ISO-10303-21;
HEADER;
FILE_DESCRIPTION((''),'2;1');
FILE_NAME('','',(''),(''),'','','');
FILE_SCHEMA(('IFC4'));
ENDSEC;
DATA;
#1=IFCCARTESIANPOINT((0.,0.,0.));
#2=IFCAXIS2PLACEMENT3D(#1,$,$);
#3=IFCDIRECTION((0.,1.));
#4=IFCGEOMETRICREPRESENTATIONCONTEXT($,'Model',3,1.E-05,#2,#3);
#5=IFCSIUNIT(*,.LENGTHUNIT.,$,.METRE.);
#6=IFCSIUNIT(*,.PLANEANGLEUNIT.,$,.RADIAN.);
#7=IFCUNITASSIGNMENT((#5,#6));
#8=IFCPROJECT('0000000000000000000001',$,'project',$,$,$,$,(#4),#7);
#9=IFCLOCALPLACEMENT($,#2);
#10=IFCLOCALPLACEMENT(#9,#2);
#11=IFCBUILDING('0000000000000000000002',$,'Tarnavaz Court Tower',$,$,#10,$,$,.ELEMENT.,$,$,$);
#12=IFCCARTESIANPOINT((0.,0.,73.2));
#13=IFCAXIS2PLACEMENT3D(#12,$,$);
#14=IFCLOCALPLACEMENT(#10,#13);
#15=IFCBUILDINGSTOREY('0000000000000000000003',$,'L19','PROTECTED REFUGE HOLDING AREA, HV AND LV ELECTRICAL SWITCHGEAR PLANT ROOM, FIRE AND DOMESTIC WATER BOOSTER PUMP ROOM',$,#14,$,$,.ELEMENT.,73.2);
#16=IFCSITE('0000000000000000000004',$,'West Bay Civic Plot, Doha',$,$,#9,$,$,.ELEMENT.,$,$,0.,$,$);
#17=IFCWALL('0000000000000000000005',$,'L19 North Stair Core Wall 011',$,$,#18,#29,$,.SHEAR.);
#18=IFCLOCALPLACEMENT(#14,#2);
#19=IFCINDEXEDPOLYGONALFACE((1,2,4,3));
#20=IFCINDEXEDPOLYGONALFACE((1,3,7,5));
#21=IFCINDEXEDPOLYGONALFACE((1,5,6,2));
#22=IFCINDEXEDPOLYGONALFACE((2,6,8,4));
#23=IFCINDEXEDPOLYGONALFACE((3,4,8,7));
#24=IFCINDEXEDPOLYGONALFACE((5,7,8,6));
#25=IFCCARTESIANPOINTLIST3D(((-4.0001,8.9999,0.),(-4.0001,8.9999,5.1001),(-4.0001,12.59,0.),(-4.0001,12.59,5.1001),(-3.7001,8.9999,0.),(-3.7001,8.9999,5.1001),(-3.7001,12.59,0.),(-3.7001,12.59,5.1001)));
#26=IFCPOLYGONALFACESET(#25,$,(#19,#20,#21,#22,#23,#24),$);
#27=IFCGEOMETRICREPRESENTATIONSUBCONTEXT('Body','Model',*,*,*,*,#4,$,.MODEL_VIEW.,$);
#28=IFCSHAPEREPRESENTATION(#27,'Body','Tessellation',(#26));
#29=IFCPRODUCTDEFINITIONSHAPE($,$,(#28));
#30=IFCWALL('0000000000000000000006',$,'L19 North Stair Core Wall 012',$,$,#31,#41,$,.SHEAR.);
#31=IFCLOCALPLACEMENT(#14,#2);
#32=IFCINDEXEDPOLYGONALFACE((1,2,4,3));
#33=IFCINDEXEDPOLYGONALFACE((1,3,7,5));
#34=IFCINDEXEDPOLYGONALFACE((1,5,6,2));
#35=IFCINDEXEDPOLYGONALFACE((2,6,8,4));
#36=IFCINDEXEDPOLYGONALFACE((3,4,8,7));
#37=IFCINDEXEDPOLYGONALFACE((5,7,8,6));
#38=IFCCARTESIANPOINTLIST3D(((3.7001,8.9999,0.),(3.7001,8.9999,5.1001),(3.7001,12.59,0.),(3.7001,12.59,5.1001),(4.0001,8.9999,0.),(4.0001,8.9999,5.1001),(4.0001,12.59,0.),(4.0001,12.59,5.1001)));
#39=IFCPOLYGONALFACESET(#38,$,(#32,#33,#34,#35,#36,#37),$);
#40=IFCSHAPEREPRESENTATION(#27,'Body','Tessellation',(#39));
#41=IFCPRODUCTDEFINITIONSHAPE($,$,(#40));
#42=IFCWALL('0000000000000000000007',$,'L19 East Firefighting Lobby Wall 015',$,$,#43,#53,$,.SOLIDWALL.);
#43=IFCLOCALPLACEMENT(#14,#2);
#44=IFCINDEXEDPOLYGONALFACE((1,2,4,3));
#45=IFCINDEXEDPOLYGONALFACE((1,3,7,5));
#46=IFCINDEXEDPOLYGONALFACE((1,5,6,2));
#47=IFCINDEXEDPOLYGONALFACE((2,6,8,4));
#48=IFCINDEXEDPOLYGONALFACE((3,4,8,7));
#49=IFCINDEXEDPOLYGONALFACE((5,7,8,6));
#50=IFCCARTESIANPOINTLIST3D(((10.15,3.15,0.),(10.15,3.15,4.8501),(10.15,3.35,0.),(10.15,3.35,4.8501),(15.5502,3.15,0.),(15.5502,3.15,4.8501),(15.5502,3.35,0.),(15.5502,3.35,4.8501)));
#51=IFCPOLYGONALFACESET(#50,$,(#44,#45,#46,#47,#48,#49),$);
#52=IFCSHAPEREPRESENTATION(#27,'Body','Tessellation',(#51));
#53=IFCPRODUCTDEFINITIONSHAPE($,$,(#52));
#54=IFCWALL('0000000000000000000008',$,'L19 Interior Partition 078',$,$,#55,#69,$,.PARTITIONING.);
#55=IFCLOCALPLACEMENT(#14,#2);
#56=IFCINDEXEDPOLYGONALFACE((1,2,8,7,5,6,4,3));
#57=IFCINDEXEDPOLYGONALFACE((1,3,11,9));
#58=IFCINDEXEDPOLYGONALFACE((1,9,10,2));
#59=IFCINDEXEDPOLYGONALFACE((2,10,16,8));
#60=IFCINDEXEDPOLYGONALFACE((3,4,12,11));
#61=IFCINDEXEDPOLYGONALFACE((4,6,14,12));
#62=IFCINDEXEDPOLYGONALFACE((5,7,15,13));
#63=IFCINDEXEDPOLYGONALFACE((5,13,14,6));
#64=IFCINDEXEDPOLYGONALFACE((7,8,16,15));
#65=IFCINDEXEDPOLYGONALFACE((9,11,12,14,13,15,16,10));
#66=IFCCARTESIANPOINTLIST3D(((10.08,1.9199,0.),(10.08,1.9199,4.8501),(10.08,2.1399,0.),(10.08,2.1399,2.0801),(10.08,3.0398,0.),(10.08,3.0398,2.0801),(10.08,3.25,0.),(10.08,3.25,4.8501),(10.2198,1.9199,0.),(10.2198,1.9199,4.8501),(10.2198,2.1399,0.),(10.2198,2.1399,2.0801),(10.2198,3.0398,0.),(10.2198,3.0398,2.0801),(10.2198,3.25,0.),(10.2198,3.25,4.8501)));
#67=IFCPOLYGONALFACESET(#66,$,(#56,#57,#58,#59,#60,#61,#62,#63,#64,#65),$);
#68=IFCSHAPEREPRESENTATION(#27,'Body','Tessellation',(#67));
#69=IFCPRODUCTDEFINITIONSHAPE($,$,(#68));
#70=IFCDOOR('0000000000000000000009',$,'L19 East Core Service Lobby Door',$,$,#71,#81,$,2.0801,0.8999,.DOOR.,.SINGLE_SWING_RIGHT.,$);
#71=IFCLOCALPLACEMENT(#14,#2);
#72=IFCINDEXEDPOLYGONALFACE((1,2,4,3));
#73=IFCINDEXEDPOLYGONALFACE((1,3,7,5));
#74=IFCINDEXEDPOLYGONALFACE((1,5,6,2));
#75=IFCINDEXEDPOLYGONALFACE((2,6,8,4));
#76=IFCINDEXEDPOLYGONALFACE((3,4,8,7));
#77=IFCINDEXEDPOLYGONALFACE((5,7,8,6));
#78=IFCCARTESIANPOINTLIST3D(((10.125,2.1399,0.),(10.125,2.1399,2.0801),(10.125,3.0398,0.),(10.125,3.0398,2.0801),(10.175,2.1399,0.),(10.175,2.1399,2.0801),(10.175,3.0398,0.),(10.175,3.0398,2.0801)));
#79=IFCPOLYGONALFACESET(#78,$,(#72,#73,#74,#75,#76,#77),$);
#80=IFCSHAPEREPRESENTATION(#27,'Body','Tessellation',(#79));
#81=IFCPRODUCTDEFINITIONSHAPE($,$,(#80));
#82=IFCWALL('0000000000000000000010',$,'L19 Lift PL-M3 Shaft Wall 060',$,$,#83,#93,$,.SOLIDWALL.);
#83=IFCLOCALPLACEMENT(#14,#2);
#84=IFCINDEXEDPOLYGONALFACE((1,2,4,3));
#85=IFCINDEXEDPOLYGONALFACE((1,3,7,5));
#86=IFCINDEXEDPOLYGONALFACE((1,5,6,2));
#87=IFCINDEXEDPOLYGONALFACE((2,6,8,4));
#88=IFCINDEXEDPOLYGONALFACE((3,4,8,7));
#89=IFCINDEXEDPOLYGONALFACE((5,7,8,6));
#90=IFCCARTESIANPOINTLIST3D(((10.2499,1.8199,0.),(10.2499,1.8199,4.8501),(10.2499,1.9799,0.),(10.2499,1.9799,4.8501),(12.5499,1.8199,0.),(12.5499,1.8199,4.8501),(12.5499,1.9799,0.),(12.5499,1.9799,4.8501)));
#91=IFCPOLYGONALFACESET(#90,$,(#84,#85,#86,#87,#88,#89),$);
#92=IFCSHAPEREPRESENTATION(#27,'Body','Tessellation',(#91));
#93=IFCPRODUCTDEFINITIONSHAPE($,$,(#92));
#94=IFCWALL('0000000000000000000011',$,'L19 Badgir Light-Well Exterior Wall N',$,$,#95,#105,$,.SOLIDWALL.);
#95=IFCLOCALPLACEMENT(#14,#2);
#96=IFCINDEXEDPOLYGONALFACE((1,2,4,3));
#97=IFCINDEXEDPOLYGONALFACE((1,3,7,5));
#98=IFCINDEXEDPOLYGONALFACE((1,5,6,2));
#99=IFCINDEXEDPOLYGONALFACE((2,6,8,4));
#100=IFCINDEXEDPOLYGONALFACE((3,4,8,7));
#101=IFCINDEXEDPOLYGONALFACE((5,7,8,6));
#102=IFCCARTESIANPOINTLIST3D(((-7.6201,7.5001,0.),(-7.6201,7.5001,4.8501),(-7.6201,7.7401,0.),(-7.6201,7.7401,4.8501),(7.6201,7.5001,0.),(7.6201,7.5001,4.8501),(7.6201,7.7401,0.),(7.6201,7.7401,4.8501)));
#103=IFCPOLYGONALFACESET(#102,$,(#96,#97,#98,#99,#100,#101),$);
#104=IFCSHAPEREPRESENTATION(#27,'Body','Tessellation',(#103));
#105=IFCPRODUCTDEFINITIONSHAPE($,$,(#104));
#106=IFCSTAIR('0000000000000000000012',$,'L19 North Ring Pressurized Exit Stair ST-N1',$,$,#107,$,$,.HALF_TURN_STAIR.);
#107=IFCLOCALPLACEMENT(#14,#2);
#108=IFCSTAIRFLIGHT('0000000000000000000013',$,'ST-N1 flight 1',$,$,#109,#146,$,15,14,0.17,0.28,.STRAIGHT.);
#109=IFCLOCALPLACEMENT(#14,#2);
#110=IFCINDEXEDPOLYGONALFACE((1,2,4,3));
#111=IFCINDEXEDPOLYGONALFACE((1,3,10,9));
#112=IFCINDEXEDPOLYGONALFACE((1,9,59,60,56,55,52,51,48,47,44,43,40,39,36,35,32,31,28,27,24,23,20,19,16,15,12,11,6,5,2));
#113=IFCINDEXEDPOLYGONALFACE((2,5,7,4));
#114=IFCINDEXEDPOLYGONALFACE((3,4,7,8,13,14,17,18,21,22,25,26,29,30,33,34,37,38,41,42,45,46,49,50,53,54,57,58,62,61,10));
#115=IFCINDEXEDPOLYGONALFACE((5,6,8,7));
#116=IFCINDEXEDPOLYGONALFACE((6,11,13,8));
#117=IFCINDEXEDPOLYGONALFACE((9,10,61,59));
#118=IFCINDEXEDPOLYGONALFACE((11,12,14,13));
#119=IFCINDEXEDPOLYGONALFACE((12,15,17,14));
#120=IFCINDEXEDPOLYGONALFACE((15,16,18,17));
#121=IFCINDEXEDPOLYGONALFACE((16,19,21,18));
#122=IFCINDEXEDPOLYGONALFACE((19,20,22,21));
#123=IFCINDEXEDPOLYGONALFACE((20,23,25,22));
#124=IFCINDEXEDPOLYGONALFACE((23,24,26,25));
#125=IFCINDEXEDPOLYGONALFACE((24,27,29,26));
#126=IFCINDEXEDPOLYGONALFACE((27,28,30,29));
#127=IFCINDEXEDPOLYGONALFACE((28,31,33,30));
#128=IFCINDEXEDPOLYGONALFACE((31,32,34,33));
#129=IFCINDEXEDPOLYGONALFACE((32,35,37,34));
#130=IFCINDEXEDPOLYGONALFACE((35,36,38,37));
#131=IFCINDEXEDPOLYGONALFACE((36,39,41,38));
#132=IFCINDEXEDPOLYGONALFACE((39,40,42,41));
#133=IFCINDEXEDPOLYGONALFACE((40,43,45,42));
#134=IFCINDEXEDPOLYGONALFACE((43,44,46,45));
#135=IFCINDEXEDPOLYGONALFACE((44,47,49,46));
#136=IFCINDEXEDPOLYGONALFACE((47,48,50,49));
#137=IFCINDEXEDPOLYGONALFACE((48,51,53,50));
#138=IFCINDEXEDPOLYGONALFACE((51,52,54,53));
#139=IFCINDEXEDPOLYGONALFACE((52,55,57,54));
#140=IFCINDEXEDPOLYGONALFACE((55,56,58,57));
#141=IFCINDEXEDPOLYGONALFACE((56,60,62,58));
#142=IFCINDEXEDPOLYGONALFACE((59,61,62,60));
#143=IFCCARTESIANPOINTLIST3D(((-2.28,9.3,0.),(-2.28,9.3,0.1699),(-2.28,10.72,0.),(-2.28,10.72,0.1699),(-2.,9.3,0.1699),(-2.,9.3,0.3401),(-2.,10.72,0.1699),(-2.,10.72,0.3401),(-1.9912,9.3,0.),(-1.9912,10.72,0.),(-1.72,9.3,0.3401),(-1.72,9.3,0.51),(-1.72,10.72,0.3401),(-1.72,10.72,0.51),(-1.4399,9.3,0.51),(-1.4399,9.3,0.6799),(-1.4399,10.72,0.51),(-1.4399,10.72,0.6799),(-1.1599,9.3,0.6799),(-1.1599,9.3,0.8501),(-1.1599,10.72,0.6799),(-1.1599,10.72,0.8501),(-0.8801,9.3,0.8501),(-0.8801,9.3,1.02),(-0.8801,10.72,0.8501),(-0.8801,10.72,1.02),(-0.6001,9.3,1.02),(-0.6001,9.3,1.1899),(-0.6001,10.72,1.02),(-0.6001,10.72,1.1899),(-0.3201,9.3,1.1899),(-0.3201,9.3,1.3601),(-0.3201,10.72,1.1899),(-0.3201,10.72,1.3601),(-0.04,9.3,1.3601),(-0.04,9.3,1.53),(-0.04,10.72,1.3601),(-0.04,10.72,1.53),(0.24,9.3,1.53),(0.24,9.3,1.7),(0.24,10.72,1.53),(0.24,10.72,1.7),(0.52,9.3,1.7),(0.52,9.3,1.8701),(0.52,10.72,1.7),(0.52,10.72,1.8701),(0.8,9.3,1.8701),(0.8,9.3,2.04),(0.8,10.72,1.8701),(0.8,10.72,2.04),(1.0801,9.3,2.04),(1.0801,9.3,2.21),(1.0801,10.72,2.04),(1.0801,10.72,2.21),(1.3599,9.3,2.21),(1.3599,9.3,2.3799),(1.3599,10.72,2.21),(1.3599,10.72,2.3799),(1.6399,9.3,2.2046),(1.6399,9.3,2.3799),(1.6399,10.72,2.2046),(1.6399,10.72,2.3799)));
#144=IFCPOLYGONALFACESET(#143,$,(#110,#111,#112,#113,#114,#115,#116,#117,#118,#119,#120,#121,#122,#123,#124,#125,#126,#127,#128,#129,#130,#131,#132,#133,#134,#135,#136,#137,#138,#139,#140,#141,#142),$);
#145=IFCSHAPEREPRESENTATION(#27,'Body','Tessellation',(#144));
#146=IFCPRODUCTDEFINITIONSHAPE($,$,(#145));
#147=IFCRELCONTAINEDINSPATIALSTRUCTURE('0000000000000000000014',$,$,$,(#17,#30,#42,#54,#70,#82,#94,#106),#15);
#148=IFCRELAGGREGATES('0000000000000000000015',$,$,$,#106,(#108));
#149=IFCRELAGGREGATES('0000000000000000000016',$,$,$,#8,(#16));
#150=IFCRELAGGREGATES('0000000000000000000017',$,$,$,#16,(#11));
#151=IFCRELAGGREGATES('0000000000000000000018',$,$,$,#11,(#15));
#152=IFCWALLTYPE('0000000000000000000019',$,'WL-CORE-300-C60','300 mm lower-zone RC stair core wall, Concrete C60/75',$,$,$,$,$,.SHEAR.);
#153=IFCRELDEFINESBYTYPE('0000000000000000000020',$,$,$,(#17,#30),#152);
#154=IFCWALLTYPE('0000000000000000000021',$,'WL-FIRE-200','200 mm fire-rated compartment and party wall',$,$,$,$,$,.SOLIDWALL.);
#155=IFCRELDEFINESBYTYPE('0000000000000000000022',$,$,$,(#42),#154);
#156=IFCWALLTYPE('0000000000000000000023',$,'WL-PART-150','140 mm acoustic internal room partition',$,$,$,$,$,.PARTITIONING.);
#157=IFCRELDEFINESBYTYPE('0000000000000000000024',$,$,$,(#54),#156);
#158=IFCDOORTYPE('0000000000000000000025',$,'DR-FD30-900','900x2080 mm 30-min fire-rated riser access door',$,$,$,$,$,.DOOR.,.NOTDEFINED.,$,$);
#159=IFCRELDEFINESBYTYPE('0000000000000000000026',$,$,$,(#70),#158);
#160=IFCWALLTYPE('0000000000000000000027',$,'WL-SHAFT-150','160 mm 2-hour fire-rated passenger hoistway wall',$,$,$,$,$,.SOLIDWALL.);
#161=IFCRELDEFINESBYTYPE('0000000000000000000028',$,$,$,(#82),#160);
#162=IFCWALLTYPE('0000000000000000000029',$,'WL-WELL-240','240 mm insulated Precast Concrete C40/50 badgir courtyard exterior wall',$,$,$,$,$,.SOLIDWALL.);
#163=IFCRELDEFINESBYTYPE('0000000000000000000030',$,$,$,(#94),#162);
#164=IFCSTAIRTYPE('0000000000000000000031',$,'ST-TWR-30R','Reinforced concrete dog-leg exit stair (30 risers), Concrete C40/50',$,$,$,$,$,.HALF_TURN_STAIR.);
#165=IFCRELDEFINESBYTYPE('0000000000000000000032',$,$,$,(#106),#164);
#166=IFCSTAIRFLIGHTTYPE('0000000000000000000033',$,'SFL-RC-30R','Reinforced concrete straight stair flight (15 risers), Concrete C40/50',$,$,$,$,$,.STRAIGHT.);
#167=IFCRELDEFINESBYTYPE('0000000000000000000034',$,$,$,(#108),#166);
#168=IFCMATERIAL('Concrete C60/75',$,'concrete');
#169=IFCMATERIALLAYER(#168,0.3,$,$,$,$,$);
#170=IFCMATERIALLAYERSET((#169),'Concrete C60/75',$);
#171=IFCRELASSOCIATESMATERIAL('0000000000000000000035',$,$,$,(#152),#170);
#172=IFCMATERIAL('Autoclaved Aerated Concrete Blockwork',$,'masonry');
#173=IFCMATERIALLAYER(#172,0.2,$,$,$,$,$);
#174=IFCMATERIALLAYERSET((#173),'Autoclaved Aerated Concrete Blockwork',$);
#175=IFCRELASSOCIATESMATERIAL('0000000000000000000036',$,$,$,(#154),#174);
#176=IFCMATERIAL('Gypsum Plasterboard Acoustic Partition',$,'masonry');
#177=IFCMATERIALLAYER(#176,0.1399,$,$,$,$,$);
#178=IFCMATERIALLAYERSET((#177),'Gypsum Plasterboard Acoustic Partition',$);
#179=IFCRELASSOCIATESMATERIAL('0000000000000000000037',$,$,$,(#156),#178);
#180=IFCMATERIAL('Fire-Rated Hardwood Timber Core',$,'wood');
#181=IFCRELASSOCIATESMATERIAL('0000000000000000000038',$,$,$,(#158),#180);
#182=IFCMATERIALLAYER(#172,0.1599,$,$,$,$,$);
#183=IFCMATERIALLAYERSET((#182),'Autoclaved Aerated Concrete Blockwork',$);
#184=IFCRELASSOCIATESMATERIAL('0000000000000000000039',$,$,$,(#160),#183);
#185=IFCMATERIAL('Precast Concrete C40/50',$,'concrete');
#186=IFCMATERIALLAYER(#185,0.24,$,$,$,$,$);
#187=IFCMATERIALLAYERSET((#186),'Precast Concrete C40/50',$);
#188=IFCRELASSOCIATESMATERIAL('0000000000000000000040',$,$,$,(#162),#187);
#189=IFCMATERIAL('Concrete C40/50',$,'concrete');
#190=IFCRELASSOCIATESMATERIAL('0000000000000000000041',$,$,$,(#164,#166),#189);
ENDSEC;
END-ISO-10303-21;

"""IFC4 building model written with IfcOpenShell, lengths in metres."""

from ifc_helpers import new_model, si_unit, direction, frame, frame_2d, origin, place, context, subcontext, project, spatial, polyline, rectangle, outline, extrude, material, layer, layer_set, type_object, element, fill, aggregate, save


model = new_model("IFC4")

# Units and contexts
model_context = context("Model", 3, precision=1e-05, world=origin(), true_north=direction((0.0, 1.0)))
body_context = subcontext(model_context, "Body", "Model", "MODEL_VIEW")
ifc_project = project(units=[si_unit("LENGTHUNIT", "METRE"), si_unit("PLANEANGLEUNIT", "RADIAN")], contexts=[model_context])

# Site, building, storey
site_placement = place(None, origin())
site = spatial("IfcSite", under=ifc_project, at=site_placement, Name="West Bay Civic Plot, Doha", CompositionType="ELEMENT", RefElevation=0.0)
building_placement = place(site_placement, origin())
building = spatial("IfcBuilding", under=site, at=building_placement, Name="Tarnavaz Court Tower", CompositionType="ELEMENT")
storey_placement = place(building_placement, frame((0.0, 0.0, 73.2)))
storey = spatial("IfcBuildingStorey", under=building, at=storey_placement, Name="L19", Description="PROTECTED REFUGE HOLDING AREA, HV AND LV ELECTRICAL SWITCHGEAR PLANT ROOM, FIRE AND DOMESTIC WATER BOOSTER PUMP ROOM", CompositionType="ELEMENT", Elevation=73.2)

# Shared definitions
ifc_material_1 = material(Name="Concrete C60/75", Category="concrete")

# Shared definitions
ifc_layer_1 = layer(ifc_material_1, 0.3)
ifc_layer_set_1 = layer_set([ifc_layer_1], Name="Concrete C60/75")
wall_type_1 = type_object("IfcWallType", Name="WL-CORE-300-C60", Description="300 mm lower-zone RC stair core wall, Concrete C60/75", PredefinedType="SHEAR", material=ifc_layer_set_1)

# Shared definitions
ifc_material_2 = material(Name="Fire-Rated Hardwood Timber Core", Category="wood")

# Walls
for number, where, z_axis, x_axis, name in (
    (1, (-3.8501, 9.0, 0.0), (0.0, 0.0, 1.0), (0.0, 1.0, 0.0), "L19 North Stair Core Wall 011"),
    (2, (3.8501, 9.0, 0.0), (0.0, 0.0, 1.0), (0.0, 1.0, 0.0), "L19 North Stair Core Wall 012"),
):
    element("IfcWall", number, at=place(storey_placement, frame(where, z_axis=z_axis, x_axis=x_axis)), inside=storey, type_object=wall_type_1, Name=name, PredefinedType="SHEAR", context=body_context, shape_type="SweptSolid", body=[
        extrude(rectangle(XDim=3.5901, YDim=0.3, at=frame_2d((1.7949, 0.0))), origin(), (0.0, 0.0, 1.0), 5.1001),
    ])
ifc_material_3 = material(Name="Autoclaved Aerated Concrete Blockwork", Category="masonry")
ifc_layer_2 = layer(ifc_material_3, 0.2)
ifc_layer_set_2 = layer_set([ifc_layer_2], Name="Autoclaved Aerated Concrete Blockwork")
wall_type_2 = type_object("IfcWallType", Name="WL-FIRE-200", Description="200 mm fire-rated compartment and party wall", PredefinedType="SOLIDWALL", material=ifc_layer_set_2)
wall_1_placement = place(storey_placement, frame((10.1499, 3.25, 0.0), z_axis=(0.0, 0.0, 1.0), x_axis=(1.0, 0.0, 0.0)))
element("IfcWall", 3, at=wall_1_placement, inside=storey, type_object=wall_type_2, Name="L19 East Firefighting Lobby Wall 015", PredefinedType="SOLIDWALL", context=body_context, shape_type="SweptSolid", body=[
    extrude(rectangle(XDim=5.4001, YDim=0.2, at=frame_2d((2.7002, 0.0))), origin(), (0.0, 0.0, 1.0), 4.8501),
])

# Wall, opening, door
ifc_material_4 = material(Name="Gypsum Plasterboard Acoustic Partition", Category="masonry")
ifc_layer_3 = layer(ifc_material_4, 0.1399)
ifc_layer_set_3 = layer_set([ifc_layer_3], Name="Gypsum Plasterboard Acoustic Partition")
wall_type_3 = type_object("IfcWallType", Name="WL-PART-150", Description="140 mm acoustic internal room partition", PredefinedType="PARTITIONING", material=ifc_layer_set_3)
wall_2_placement = place(storey_placement, frame((10.1499, 1.9199, 0.0), z_axis=(0.0, 0.0, 1.0), x_axis=(0.0, 1.0, 0.0)))
wall_2 = element("IfcWall", 4, at=wall_2_placement, inside=storey, type_object=wall_type_3, Name="L19 Interior Partition 078", PredefinedType="PARTITIONING", context=body_context, shape_type="SweptSolid", body=[
    extrude(rectangle(XDim=1.3301, YDim=0.1399, at=frame_2d((0.665, 0.0))), origin(), (0.0, 0.0, 1.0), 4.8501),
])
opening_1_placement = place(wall_2_placement, frame((0.22, 0.0, 0.0)))
opening_1 = element("IfcOpeningElement", 5, at=opening_1_placement, cuts=wall_2, PredefinedType="OPENING", context=body_context, shape_type="SweptSolid", body=[
    extrude(rectangle(XDim=0.8999, YDim=2.0801, at=frame_2d((0.45, 1.04))), frame((0.0, 0.0798, 0.0), z_axis=(0.0, -1.0, 0.0), x_axis=(1.0, 0.0, 0.0)), (0.0, 0.0, 1.0), 0.1599),
])
door_type_1 = type_object("IfcDoorType", Name="DR-FD30-900", Description="900x2080 mm 30-min fire-rated riser access door", OperationType="NOTDEFINED", PredefinedType="DOOR", material=ifc_material_2)
door_1_placement = place(opening_1_placement, origin())
door_1 = element("IfcDoor", 6, at=door_1_placement, inside=storey, type_object=door_type_1, Name="L19 East Core Service Lobby Door", OperationType="SINGLE_SWING_RIGHT", OverallHeight=2.0801, OverallWidth=0.8999, PredefinedType="DOOR", context=body_context, shape_type="SweptSolid", body=[
    extrude(rectangle(XDim=0.8999, YDim=2.0801, at=frame_2d((0.45, 1.04))), frame((0.0, 0.0249, 0.0), z_axis=(0.0, -1.0, 0.0), x_axis=(1.0, 0.0, 0.0)), (0.0, 0.0, 1.0), 0.05),
])
fill(opening_1, door_1)

# Walls
ifc_layer_4 = layer(ifc_material_3, 0.1599)
ifc_layer_set_4 = layer_set([ifc_layer_4], Name="Autoclaved Aerated Concrete Blockwork")
wall_type_4 = type_object("IfcWallType", Name="WL-SHAFT-150", Description="160 mm 2-hour fire-rated passenger hoistway wall", PredefinedType="SOLIDWALL", material=ifc_layer_set_4)
wall_3_placement = place(storey_placement, frame((10.25, 1.8999, 0.0), z_axis=(0.0, 0.0, 1.0), x_axis=(1.0, 0.0, 0.0)))
element("IfcWall", 7, at=wall_3_placement, inside=storey, type_object=wall_type_4, Name="L19 Lift PL-M3 Shaft Wall 060", PredefinedType="SOLIDWALL", context=body_context, shape_type="SweptSolid", body=[
    extrude(rectangle(XDim=2.3, YDim=0.1599, at=frame_2d((1.1499, 0.0))), origin(), (0.0, 0.0, 1.0), 4.8501),
])
ifc_material_5 = material(Name="Precast Concrete C40/50", Category="concrete")
ifc_layer_5 = layer(ifc_material_5, 0.24)
ifc_layer_set_5 = layer_set([ifc_layer_5], Name="Precast Concrete C40/50")
wall_type_5 = type_object("IfcWallType", Name="WL-WELL-240", Description="240 mm insulated Precast Concrete C40/50 badgir courtyard exterior wall", PredefinedType="SOLIDWALL", material=ifc_layer_set_5)
wall_4_placement = place(storey_placement, frame((7.6201, 7.6201, 0.0), z_axis=(0.0, 0.0, 1.0), x_axis=(-1.0, 0.0, 0.0)))
element("IfcWall", 8, at=wall_4_placement, inside=storey, type_object=wall_type_5, Name="L19 Badgir Light-Well Exterior Wall N", PredefinedType="SOLIDWALL", context=body_context, shape_type="SweptSolid", body=[
    extrude(rectangle(XDim=15.2402, YDim=0.24, at=frame_2d((7.6201, 0.0))), origin(), (0.0, 0.0, 1.0), 4.8501),
])

# Stair, stair flight
ifc_material_6 = material(Name="Concrete C40/50", Category="concrete")
stair_type = type_object("IfcStairType", Name="ST-TWR-30R", Description="Reinforced concrete dog-leg exit stair (30 risers), Concrete C40/50", PredefinedType="HALF_TURN_STAIR", material=ifc_material_6)
stair_placement = place(storey_placement, origin())
stair = element("IfcStair", 9, at=stair_placement, inside=storey, type_object=stair_type, Name="L19 North Ring Pressurized Exit Stair ST-N1", PredefinedType="HALF_TURN_STAIR")
stair_flight_type = type_object("IfcStairFlightType", Name="SFL-RC-30R", Description="Reinforced concrete straight stair flight (15 risers), Concrete C40/50", PredefinedType="STRAIGHT", material=ifc_material_6)
stair_flight_placement = place(storey_placement, frame((-2.28, 10.01, 0.0), z_axis=(0.0, 0.0, 1.0), x_axis=(1.0, 0.0, 0.0)))
stair_flight = element("IfcStairFlight", 10, at=stair_flight_placement, type_object=stair_flight_type, Name="ST-N1 flight 1", NumberOfRisers=15, NumberOfTreads=14, PredefinedType="STRAIGHT", RiserHeight=0.17, TreadLength=0.28, context=body_context, shape_type="SweptSolid", body=[
    extrude(outline(polyline([(0.0, 0.0), (0.0, 0.1699), (0.28, 0.1699), (0.28, 0.3401), (0.5601, 0.3401), (0.5601, 0.51), (0.8401, 0.51), (0.8401, 0.6799), (1.1201, 0.6799), (1.1201, 0.8501), (1.3999, 0.8501), (1.3999, 1.02), (1.6799, 1.02), (1.6799, 1.1899), (1.96, 1.1899), (1.96, 1.3601), (2.24, 1.3601), (2.24, 1.53), (2.52, 1.53), (2.52, 1.7), (2.8, 1.7), (2.8, 1.8701), (3.0801, 1.8701), (3.0801, 2.04), (3.3601, 2.04), (3.3601, 2.21), (3.6399, 2.21), (3.6399, 2.3799), (3.9199, 2.3799), (3.9199, 2.55), (3.9199, 2.2046), (0.2888, 0.0), (0.0, 0.0)])), frame((0.0, 0.71, 0.0), z_axis=(0.0, -1.0, 0.0), x_axis=(1.0, 0.0, 0.0)), (0.0, 0.0, 1.0), 1.4199),
])
aggregate(stair, [stair_flight])

save(model, "model.ifc")
